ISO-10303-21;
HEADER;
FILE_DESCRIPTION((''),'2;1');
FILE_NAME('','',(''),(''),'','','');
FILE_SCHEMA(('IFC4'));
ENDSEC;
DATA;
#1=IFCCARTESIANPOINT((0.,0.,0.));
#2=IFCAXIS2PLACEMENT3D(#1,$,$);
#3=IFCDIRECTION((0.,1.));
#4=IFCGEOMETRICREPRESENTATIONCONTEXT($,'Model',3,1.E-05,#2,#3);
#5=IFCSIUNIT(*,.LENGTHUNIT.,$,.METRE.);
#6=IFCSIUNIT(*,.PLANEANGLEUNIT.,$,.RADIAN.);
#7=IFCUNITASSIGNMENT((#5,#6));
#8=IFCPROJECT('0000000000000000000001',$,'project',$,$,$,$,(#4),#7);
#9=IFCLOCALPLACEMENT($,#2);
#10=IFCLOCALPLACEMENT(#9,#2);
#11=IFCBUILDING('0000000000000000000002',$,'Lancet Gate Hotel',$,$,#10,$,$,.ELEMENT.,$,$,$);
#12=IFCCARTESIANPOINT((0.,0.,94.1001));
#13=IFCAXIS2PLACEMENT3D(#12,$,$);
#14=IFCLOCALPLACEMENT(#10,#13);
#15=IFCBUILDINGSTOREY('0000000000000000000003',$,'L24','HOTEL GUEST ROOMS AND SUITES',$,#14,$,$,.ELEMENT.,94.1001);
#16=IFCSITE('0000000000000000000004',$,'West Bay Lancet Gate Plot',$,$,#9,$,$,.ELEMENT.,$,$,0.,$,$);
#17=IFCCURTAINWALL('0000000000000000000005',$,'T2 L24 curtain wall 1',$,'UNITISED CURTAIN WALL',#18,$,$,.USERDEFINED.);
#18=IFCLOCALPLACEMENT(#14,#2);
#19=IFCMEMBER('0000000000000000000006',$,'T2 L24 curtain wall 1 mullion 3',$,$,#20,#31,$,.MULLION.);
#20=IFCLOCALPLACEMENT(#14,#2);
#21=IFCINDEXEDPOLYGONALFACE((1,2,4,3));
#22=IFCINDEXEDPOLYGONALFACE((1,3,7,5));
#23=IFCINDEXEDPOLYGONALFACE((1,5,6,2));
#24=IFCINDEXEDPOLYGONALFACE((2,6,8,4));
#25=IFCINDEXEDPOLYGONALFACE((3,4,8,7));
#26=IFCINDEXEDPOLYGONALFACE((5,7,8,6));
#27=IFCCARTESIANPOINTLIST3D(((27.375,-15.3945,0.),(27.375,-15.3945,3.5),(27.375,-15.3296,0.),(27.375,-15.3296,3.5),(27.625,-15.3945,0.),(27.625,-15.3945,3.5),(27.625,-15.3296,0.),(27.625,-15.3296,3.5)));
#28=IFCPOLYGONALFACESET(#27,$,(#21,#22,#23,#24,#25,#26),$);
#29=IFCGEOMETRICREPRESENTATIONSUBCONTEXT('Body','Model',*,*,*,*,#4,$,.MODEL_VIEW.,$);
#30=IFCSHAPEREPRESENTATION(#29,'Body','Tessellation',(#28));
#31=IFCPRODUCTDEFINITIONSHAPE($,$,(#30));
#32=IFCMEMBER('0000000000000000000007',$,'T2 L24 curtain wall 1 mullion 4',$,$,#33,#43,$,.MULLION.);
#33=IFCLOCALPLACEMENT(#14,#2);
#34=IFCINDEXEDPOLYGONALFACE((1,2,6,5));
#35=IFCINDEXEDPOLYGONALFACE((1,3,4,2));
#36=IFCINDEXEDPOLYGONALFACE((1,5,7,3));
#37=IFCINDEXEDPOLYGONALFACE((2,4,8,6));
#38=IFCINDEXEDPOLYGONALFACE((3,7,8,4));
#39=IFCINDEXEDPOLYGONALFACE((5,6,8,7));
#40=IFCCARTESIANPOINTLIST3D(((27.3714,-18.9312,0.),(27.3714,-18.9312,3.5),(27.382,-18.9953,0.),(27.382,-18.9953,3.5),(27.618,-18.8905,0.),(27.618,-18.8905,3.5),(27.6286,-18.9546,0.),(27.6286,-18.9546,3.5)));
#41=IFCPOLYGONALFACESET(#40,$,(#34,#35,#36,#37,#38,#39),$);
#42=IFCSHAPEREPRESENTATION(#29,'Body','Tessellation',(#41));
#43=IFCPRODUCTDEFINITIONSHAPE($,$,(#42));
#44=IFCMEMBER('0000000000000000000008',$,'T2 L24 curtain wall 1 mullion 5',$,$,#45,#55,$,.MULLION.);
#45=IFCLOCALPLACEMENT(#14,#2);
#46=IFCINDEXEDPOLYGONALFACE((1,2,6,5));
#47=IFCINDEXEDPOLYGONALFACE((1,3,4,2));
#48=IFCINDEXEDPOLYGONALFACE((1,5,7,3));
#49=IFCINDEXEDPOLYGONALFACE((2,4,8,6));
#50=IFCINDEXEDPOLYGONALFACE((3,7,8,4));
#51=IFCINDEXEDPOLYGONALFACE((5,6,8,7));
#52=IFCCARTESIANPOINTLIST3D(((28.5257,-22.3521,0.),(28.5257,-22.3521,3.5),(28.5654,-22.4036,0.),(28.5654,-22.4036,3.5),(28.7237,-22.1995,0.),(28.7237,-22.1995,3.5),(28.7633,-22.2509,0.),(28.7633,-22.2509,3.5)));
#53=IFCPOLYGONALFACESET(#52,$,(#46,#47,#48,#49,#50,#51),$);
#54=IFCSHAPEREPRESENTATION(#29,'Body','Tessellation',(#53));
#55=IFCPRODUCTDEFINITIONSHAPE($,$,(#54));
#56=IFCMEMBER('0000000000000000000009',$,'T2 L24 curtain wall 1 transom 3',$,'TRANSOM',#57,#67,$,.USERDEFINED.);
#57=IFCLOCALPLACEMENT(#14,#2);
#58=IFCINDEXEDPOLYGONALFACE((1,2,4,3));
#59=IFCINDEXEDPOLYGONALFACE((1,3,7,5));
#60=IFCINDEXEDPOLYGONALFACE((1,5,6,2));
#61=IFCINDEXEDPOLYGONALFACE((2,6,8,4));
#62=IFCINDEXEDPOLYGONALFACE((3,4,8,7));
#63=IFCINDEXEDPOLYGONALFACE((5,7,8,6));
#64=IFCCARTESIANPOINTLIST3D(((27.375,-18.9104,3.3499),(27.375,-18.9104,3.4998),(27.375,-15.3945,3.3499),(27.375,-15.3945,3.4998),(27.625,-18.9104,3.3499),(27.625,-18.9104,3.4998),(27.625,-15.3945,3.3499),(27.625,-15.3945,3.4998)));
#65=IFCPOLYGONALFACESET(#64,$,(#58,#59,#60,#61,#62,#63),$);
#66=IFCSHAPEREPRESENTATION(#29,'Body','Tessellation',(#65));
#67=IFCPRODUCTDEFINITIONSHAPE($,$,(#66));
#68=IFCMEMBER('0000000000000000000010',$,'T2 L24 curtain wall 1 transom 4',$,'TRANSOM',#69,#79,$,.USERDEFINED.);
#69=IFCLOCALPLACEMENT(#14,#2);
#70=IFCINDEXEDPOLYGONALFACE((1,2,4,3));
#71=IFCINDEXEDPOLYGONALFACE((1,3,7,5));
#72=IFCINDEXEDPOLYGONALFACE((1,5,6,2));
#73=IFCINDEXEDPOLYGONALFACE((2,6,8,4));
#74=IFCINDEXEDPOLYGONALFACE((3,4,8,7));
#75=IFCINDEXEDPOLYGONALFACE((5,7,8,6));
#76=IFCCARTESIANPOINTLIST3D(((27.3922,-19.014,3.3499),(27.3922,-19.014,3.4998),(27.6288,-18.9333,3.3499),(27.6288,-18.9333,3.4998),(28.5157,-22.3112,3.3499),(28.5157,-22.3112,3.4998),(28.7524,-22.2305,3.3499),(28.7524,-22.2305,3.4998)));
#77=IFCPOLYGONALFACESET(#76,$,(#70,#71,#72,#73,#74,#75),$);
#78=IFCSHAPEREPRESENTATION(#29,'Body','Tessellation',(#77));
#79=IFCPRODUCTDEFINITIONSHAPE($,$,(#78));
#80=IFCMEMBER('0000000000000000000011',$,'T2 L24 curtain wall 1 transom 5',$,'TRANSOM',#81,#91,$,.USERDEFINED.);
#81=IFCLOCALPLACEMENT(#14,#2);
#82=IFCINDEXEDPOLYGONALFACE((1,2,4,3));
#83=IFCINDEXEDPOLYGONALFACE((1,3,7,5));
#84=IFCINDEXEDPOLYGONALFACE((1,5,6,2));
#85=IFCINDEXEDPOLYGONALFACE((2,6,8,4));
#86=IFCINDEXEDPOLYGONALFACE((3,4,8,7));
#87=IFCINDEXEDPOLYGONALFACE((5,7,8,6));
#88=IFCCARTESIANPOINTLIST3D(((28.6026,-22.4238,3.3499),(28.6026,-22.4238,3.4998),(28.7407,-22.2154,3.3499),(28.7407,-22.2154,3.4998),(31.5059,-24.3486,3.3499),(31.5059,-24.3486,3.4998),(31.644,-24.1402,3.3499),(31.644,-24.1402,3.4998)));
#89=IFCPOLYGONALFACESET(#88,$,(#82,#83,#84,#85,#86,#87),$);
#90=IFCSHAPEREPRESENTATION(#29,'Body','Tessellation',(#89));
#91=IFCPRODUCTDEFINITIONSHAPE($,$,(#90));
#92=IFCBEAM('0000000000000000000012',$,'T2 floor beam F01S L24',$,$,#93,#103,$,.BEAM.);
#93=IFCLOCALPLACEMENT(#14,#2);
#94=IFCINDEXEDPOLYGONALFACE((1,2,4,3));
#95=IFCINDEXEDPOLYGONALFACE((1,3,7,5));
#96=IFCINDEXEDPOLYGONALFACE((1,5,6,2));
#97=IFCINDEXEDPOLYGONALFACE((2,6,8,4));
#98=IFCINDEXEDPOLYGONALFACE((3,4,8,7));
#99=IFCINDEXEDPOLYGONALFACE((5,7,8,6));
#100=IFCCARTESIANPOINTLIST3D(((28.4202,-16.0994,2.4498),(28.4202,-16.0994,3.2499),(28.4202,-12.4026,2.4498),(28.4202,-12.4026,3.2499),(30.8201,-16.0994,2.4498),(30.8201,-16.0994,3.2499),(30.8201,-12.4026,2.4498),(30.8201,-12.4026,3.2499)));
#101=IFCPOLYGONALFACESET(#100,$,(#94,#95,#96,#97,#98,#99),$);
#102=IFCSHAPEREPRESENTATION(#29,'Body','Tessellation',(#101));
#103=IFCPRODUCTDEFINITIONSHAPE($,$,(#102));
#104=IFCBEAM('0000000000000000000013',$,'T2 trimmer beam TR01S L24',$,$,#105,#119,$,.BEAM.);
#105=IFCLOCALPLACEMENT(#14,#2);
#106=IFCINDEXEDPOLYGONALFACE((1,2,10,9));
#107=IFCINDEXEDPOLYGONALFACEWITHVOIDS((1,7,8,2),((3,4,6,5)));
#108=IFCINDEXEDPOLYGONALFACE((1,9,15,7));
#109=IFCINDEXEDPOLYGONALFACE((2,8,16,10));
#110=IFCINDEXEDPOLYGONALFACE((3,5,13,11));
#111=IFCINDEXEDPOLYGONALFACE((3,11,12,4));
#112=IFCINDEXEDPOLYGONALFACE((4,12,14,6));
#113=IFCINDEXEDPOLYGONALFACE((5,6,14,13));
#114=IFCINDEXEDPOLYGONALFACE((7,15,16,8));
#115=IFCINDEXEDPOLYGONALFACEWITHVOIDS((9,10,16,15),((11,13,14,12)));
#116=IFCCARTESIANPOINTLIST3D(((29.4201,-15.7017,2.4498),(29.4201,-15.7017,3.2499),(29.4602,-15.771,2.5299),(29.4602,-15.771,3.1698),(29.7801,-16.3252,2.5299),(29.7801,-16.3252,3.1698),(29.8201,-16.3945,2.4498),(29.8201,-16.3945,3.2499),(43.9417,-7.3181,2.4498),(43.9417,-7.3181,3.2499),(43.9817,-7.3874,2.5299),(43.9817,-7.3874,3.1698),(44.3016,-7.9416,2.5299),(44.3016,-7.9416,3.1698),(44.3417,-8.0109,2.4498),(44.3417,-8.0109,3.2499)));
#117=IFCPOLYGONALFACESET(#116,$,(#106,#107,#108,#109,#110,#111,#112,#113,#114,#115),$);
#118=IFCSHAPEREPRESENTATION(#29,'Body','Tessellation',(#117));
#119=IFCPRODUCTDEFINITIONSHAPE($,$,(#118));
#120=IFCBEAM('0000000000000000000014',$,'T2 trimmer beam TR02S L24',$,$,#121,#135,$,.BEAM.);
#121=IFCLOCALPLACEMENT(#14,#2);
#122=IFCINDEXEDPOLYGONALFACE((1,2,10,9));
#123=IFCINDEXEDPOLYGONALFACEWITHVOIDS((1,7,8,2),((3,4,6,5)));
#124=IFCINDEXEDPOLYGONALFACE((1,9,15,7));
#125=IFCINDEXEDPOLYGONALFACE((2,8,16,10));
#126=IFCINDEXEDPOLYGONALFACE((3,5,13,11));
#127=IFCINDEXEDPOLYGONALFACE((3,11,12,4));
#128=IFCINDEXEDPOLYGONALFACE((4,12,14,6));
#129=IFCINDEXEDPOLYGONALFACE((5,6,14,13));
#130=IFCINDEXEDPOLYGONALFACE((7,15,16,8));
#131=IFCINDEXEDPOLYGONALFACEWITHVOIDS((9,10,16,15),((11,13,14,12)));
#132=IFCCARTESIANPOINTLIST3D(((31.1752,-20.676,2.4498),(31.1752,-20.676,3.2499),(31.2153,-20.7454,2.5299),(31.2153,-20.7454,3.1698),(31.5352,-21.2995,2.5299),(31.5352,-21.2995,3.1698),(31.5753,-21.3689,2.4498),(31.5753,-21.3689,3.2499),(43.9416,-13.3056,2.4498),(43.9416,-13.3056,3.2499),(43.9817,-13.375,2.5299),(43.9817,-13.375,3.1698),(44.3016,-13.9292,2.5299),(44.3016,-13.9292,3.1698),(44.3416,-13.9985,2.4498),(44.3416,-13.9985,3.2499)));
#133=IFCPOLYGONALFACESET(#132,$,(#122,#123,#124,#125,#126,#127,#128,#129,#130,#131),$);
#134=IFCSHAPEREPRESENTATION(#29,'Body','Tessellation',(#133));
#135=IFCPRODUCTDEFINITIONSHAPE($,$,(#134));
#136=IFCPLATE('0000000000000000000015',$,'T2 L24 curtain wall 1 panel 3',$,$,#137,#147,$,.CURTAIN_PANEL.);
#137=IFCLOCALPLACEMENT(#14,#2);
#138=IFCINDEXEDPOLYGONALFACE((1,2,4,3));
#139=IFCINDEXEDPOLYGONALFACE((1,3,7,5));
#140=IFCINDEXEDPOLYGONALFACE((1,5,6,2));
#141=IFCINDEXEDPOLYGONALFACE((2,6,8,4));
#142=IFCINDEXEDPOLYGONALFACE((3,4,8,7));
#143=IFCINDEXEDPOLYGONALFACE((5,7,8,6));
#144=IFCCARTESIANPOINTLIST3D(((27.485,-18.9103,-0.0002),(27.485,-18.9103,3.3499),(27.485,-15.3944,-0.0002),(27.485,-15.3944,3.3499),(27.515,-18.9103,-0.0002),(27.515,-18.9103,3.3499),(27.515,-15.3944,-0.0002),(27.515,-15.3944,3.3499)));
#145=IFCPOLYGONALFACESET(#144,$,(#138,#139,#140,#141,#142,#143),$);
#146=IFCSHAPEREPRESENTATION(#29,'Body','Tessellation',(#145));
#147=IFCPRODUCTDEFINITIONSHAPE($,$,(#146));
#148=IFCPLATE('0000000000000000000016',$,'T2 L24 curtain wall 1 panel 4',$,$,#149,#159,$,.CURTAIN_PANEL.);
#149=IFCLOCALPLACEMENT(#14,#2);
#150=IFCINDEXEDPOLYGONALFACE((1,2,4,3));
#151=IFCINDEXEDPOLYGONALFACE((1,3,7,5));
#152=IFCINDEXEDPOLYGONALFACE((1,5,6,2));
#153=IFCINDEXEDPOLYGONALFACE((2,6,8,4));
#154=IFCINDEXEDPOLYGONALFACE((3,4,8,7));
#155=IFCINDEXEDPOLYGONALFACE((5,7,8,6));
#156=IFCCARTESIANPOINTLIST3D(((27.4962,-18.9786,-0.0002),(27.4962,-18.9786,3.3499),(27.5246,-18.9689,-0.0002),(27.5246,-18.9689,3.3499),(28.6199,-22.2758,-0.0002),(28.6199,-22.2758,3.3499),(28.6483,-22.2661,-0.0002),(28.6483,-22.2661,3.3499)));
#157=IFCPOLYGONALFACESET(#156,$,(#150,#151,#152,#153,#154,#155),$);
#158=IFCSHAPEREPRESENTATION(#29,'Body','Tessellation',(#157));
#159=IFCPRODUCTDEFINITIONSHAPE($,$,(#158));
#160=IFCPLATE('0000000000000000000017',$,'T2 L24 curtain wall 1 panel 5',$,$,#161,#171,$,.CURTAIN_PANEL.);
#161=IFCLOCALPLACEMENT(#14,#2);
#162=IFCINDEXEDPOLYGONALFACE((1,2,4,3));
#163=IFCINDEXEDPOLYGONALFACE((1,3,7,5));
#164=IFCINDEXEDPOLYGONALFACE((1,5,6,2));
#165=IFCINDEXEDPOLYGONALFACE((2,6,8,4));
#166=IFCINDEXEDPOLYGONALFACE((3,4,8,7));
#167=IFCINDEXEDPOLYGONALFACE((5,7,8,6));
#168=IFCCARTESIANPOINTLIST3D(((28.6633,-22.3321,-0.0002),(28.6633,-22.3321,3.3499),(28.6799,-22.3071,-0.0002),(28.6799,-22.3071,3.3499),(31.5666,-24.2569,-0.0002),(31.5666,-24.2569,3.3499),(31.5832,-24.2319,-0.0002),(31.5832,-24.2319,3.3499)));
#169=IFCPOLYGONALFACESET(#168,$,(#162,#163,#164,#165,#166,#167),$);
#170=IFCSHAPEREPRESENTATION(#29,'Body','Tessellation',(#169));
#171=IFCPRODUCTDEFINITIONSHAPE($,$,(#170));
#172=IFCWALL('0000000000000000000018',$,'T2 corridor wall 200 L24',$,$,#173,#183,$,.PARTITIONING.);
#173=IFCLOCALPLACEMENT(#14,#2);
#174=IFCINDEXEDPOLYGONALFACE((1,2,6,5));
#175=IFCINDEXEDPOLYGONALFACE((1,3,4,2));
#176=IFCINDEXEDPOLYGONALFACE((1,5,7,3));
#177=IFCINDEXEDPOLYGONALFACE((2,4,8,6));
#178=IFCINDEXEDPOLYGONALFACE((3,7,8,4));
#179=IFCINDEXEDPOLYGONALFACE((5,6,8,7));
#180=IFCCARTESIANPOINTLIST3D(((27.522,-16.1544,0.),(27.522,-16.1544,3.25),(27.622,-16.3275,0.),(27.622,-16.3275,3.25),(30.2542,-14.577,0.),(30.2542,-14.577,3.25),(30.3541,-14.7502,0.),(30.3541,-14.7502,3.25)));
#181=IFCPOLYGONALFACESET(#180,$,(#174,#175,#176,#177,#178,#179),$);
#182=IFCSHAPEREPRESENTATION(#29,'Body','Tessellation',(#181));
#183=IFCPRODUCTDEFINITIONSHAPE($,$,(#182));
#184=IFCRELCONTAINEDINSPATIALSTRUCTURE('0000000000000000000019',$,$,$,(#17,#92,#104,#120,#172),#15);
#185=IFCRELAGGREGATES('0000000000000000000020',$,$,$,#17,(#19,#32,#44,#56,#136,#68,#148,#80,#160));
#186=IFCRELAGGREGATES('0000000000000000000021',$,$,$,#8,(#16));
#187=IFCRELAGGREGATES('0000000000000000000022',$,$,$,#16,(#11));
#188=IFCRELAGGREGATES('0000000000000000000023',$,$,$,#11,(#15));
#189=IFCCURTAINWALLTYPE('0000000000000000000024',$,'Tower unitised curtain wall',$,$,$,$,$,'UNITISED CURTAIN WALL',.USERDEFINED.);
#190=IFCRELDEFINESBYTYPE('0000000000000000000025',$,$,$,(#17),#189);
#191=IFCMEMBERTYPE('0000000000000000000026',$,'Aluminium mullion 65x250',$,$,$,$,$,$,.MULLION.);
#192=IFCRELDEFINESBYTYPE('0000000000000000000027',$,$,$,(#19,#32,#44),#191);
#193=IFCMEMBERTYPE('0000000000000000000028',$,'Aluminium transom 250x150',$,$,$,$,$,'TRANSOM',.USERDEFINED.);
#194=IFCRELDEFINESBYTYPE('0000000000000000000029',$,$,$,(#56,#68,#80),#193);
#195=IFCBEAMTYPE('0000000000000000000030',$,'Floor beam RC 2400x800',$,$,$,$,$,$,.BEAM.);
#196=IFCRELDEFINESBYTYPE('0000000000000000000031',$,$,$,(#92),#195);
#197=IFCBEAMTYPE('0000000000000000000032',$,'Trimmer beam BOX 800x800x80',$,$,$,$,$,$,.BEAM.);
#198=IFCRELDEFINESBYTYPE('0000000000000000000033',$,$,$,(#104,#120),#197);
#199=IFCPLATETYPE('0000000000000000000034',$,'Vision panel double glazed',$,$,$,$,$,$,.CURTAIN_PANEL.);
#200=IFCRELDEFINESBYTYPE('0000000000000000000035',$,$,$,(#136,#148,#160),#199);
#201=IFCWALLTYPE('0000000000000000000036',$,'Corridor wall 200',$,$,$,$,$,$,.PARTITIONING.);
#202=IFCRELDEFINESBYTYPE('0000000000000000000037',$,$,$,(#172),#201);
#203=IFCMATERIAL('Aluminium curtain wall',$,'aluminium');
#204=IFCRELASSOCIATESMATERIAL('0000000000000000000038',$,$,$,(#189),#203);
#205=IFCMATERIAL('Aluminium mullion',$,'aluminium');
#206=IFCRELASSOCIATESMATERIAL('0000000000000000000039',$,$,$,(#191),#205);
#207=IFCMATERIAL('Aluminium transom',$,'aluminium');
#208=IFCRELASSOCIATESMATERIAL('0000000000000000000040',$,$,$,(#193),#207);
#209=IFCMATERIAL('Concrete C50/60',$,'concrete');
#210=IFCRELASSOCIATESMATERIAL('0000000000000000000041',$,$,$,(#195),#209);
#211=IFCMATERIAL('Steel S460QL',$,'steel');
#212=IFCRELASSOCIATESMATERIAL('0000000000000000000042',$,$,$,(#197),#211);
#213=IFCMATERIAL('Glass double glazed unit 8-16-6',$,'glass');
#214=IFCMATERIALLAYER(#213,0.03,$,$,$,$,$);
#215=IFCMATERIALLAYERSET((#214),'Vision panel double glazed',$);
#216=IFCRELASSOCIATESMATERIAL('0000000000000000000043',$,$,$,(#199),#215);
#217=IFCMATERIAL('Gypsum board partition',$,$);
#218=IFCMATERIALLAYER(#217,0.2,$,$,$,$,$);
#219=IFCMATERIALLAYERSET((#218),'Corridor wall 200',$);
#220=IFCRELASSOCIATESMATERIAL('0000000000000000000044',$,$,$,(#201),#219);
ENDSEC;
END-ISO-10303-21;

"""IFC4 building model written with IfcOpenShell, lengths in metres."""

from ifc_helpers import new_model, si_unit, direction, frame, frame_2d, origin, origin_2d, place, context, subcontext, project, spatial, rectangle, hollow_rectangle, extrude, material, layer, layer_set, material_profile, profile_set, type_object, element, aggregate, save


model = new_model("IFC4")

# Units and contexts
model_context = context("Model", 3, precision=1e-05, world=origin(), true_north=direction((0.0, 1.0)))
body_context = subcontext(model_context, "Body", "Model", "MODEL_VIEW")
ifc_project = project(units=[si_unit("LENGTHUNIT", "METRE"), si_unit("PLANEANGLEUNIT", "RADIAN")], contexts=[model_context])

# Site, building, storey
site_placement = place(None, origin())
site = spatial("IfcSite", under=ifc_project, at=site_placement, Name="West Bay Lancet Gate Plot", CompositionType="ELEMENT", RefElevation=0.0)
building_placement = place(site_placement, origin())
building = spatial("IfcBuilding", under=site, at=building_placement, Name="Lancet Gate Hotel", CompositionType="ELEMENT")
storey_placement = place(building_placement, frame((0.0, 0.0, 94.1001)))
storey = spatial("IfcBuildingStorey", under=building, at=storey_placement, Name="L24", Description="HOTEL GUEST ROOMS AND SUITES", CompositionType="ELEMENT", Elevation=94.1001)

# Curtain wall, members
ifc_material_1 = material(Name="Aluminium curtain wall", Category="aluminium")
curtain_wall_type = type_object("IfcCurtainWallType", Name="Tower unitised curtain wall", ElementType="UNITISED CURTAIN WALL", PredefinedType="USERDEFINED", material=ifc_material_1)
curtain_wall_placement = place(storey_placement, origin())
curtain_wall = element("IfcCurtainWall", 1, at=curtain_wall_placement, inside=storey, type_object=curtain_wall_type, Name="T2 L24 curtain wall 1", ObjectType="UNITISED CURTAIN WALL", PredefinedType="USERDEFINED")
ifc_material_2 = material(Name="Aluminium mullion", Category="aluminium")
ifc_material_profile_1 = material_profile(ifc_material_2, rectangle(XDim=0.0649, YDim=0.25, at=origin_2d()), Name="MULLION 65x250")
ifc_profile_set_1 = profile_set([ifc_material_profile_1], Name="Aluminium mullion")
member_type_1 = type_object("IfcMemberType", Name="Aluminium mullion 65x250", PredefinedType="MULLION", material=ifc_profile_set_1)
member_1_placement = place(storey_placement, frame((27.5, -15.3621, 0.0), z_axis=(0.0, 0.0, 1.0), x_axis=(0.0, -1.0, 0.0)))
member_1 = element("IfcMember", 2, at=member_1_placement, type_object=member_type_1, Name="T2 L24 curtain wall 1 mullion 3", PredefinedType="MULLION", context=body_context, shape_type="SweptSolid", body=[
    extrude(rectangle(XDim=0.0649, YDim=0.25, at=origin_2d()), origin(), (0.0, 0.0, 1.0), 3.5),
])
member_2_placement = place(storey_placement, frame((27.5, -18.9429, 0.0), z_axis=(0.0, 0.0, 1.0), x_axis=(0.162739, -0.986669, 0.0)))
member_2 = element("IfcMember", 3, at=member_2_placement, type_object=member_type_1, Name="T2 L24 curtain wall 1 mullion 4", PredefinedType="MULLION", context=body_context, shape_type="SweptSolid", body=[
    extrude(rectangle(XDim=0.0649, YDim=0.25, at=origin_2d()), origin(), (0.0, 0.0, 1.0), 3.5),
])
member_3_placement = place(storey_placement, frame((28.6445, -22.3015, 0.0), z_axis=(0.0, 0.0, 1.0), x_axis=(0.610664, -0.79189, 0.0)))
member_3 = element("IfcMember", 4, at=member_3_placement, type_object=member_type_1, Name="T2 L24 curtain wall 1 mullion 5", PredefinedType="MULLION", context=body_context, shape_type="SweptSolid", body=[
    extrude(rectangle(XDim=0.0649, YDim=0.25, at=origin_2d()), origin(), (0.0, 0.0, 1.0), 3.5),
])
ifc_material_3 = material(Name="Aluminium transom", Category="aluminium")
ifc_material_profile_2 = material_profile(ifc_material_3, rectangle(XDim=0.25, YDim=0.1499, at=origin_2d()), Name="TRANSOM 250x150")
ifc_profile_set_2 = profile_set([ifc_material_profile_2], Name="Aluminium transom")
member_type_2 = type_object("IfcMemberType", Name="Aluminium transom 250x150", ElementType="TRANSOM", PredefinedType="USERDEFINED", material=ifc_profile_set_2)
member_4_placement = place(storey_placement, frame((27.5, -15.3945, 3.4248), z_axis=(0.0, -1.0, 0.0), x_axis=(1.0, 0.0, 0.0)))
member_4 = element("IfcMember", 5, at=member_4_placement, type_object=member_type_2, Name="T2 L24 curtain wall 1 transom 3", ObjectType="TRANSOM", PredefinedType="USERDEFINED", context=body_context, shape_type="SweptSolid", body=[
    extrude(rectangle(XDim=0.25, YDim=0.1499, at=origin_2d()), origin(), (0.0, 0.0, 1.0), 3.5159),
])
member_5_placement = place(storey_placement, frame((27.5105, -18.9736, 3.4248), z_axis=(0.32255, -0.946553, 0.0), x_axis=(0.946553, 0.32255, 0.0)))
member_5 = element("IfcMember", 6, at=member_5_placement, type_object=member_type_2, Name="T2 L24 curtain wall 1 transom 4", ObjectType="TRANSOM", PredefinedType="USERDEFINED", context=body_context, shape_type="SweptSolid", body=[
    extrude(rectangle(XDim=0.25, YDim=0.1499, at=origin_2d()), origin(), (0.0, 0.0, 1.0), 3.4834),
])
member_6_placement = place(storey_placement, frame((28.6716, -22.3196, 3.4248), z_axis=(0.833471, -0.552563, 0.0), x_axis=(0.552563, 0.833471, 0.0)))
member_6 = element("IfcMember", 7, at=member_6_placement, type_object=member_type_2, Name="T2 L24 curtain wall 1 transom 5", ObjectType="TRANSOM", PredefinedType="USERDEFINED", context=body_context, shape_type="SweptSolid", body=[
    extrude(rectangle(XDim=0.25, YDim=0.1499, at=origin_2d()), origin(), (0.0, 0.0, 1.0), 3.4834),
])

# Beams
ifc_material_4 = material(Name="Concrete C50/60", Category="concrete")
ifc_material_profile_3 = material_profile(ifc_material_4, rectangle(XDim=2.3999, YDim=0.8, at=origin_2d()), Name="RC 2400x800")
ifc_profile_set_3 = profile_set([ifc_material_profile_3], Name="Concrete C50/60")
beam_type_1 = type_object("IfcBeamType", Name="Floor beam RC 2400x800", PredefinedType="BEAM", material=ifc_profile_set_3)
beam_1_placement = place(storey_placement, frame((29.6201, -16.0994, 2.8499), z_axis=(0.0, 1.0, 0.0), x_axis=(-1.0, 0.0, 0.0)))
element("IfcBeam", 8, at=beam_1_placement, inside=storey, type_object=beam_type_1, Name="T2 floor beam F01S L24", PredefinedType="BEAM", context=body_context, shape_type="SweptSolid", body=[
    extrude(rectangle(XDim=2.3999, YDim=0.8, at=origin_2d()), origin(), (0.0, 0.0, 1.0), 3.6968),
])
ifc_material_5 = material(Name="Steel S460QL", Category="steel")
ifc_material_profile_4 = material_profile(ifc_material_5, hollow_rectangle(XDim=0.8, YDim=0.8, WallThickness=0.0801, at=origin_2d()), Name="BOX 800x800x80")
ifc_profile_set_4 = profile_set([ifc_material_profile_4], Name="Steel S460QL")
beam_type_2 = type_object("IfcBeamType", Name="Trimmer beam BOX 800x800x80", PredefinedType="BEAM", material=ifc_profile_set_4)
beam_2_placement = place(storey_placement, frame((29.6201, -16.0481, 2.8499), z_axis=(0.866037, 0.49998, 0.0), x_axis=(-0.49998, 0.866037, 0.0)))
element("IfcBeam", 9, at=beam_2_placement, inside=storey, type_object=beam_type_2, Name="T2 trimmer beam TR01S L24", PredefinedType="BEAM", context=body_context, shape_type="SweptSolid", body=[
    extrude(hollow_rectangle(XDim=0.8, YDim=0.8, WallThickness=0.0801, at=origin_2d()), origin(), (0.0, 0.0, 1.0), 16.7678),
])
beam_3_placement = place(storey_placement, frame((31.3752, -21.0225, 2.8499), z_axis=(0.866034, 0.499985, 0.0), x_axis=(-0.499985, 0.866034, 0.0)))
element("IfcBeam", 10, at=beam_3_placement, inside=storey, type_object=beam_type_2, Name="T2 trimmer beam TR02S L24", PredefinedType="BEAM", context=body_context, shape_type="SweptSolid", body=[
    extrude(hollow_rectangle(XDim=0.8, YDim=0.8, WallThickness=0.0801, at=origin_2d()), origin(), (0.0, 0.0, 1.0), 14.7412),
])

# Plates
ifc_material_6 = material(Name="Glass double glazed unit 8-16-6", Category="glass")
ifc_layer_1 = layer(ifc_material_6, 0.03)
ifc_layer_set_1 = layer_set([ifc_layer_1], Name="Vision panel double glazed")
plate_type = type_object("IfcPlateType", Name="Vision panel double glazed", PredefinedType="CURTAIN_PANEL", material=ifc_layer_set_1)
plate_1_placement = place(storey_placement, frame((27.5, -17.1523, -0.0002), z_axis=(0.0, 0.0, 1.0), x_axis=(0.0, -1.0, 0.0)))
plate_1 = element("IfcPlate", 11, at=plate_1_placement, type_object=plate_type, Name="T2 L24 curtain wall 1 panel 3", PredefinedType="CURTAIN_PANEL", context=body_context, shape_type="SweptSolid", body=[
    extrude(rectangle(XDim=3.5159, YDim=0.03, at=origin_2d()), origin(), (0.0, 0.0, 1.0), 3.3501),
])
plate_2_placement = place(storey_placement, frame((28.0723, -20.6223, -0.0002), z_axis=(0.0, 0.0, 1.0), x_axis=(0.322576, -0.946544, 0.0)))
plate_2 = element("IfcPlate", 12, at=plate_2_placement, type_object=plate_type, Name="T2 L24 curtain wall 1 panel 4", PredefinedType="CURTAIN_PANEL", context=body_context, shape_type="SweptSolid", body=[
    extrude(rectangle(XDim=3.4834, YDim=0.03, at=origin_2d()), origin(), (0.0, 0.0, 1.0), 3.3501),
])
plate_3_placement = place(storey_placement, frame((30.1233, -23.282, -0.0002), z_axis=(0.0, 0.0, 1.0), x_axis=(0.833465, -0.552573, 0.0)))
plate_3 = element("IfcPlate", 13, at=plate_3_placement, type_object=plate_type, Name="T2 L24 curtain wall 1 panel 5", PredefinedType="CURTAIN_PANEL", context=body_context, shape_type="SweptSolid", body=[
    extrude(rectangle(XDim=3.4834, YDim=0.03, at=origin_2d()), origin(), (0.0, 0.0, 1.0), 3.3501),
])
aggregate(curtain_wall, [member_1, member_2, member_3, member_4, plate_1, member_5, plate_2, member_6, plate_3])

# Wall
ifc_material_7 = material(Name="Gypsum board partition")
ifc_layer_2 = layer(ifc_material_7, 0.2)
ifc_layer_set_2 = layer_set([ifc_layer_2], Name="Corridor wall 200")
wall_type_1 = type_object("IfcWallType", Name="Corridor wall 200", PredefinedType="PARTITIONING", material=ifc_layer_set_2)
wall_1_placement = place(storey_placement, frame((27.572, -16.241, 0.0), z_axis=(0.0, 0.0, 1.0), x_axis=(0.86603, 0.499993, 0.0)))
element("IfcWall", 14, at=wall_1_placement, inside=storey, type_object=wall_type_1, Name="T2 corridor wall 200 L24", PredefinedType="PARTITIONING", context=body_context, shape_type="SweptSolid", body=[
    extrude(rectangle(XDim=3.1548, YDim=0.2, at=frame_2d((1.5774, 0.0))), origin(), (0.0, 0.0, 1.0), 3.25),
])

save(model, "model.ifc")
